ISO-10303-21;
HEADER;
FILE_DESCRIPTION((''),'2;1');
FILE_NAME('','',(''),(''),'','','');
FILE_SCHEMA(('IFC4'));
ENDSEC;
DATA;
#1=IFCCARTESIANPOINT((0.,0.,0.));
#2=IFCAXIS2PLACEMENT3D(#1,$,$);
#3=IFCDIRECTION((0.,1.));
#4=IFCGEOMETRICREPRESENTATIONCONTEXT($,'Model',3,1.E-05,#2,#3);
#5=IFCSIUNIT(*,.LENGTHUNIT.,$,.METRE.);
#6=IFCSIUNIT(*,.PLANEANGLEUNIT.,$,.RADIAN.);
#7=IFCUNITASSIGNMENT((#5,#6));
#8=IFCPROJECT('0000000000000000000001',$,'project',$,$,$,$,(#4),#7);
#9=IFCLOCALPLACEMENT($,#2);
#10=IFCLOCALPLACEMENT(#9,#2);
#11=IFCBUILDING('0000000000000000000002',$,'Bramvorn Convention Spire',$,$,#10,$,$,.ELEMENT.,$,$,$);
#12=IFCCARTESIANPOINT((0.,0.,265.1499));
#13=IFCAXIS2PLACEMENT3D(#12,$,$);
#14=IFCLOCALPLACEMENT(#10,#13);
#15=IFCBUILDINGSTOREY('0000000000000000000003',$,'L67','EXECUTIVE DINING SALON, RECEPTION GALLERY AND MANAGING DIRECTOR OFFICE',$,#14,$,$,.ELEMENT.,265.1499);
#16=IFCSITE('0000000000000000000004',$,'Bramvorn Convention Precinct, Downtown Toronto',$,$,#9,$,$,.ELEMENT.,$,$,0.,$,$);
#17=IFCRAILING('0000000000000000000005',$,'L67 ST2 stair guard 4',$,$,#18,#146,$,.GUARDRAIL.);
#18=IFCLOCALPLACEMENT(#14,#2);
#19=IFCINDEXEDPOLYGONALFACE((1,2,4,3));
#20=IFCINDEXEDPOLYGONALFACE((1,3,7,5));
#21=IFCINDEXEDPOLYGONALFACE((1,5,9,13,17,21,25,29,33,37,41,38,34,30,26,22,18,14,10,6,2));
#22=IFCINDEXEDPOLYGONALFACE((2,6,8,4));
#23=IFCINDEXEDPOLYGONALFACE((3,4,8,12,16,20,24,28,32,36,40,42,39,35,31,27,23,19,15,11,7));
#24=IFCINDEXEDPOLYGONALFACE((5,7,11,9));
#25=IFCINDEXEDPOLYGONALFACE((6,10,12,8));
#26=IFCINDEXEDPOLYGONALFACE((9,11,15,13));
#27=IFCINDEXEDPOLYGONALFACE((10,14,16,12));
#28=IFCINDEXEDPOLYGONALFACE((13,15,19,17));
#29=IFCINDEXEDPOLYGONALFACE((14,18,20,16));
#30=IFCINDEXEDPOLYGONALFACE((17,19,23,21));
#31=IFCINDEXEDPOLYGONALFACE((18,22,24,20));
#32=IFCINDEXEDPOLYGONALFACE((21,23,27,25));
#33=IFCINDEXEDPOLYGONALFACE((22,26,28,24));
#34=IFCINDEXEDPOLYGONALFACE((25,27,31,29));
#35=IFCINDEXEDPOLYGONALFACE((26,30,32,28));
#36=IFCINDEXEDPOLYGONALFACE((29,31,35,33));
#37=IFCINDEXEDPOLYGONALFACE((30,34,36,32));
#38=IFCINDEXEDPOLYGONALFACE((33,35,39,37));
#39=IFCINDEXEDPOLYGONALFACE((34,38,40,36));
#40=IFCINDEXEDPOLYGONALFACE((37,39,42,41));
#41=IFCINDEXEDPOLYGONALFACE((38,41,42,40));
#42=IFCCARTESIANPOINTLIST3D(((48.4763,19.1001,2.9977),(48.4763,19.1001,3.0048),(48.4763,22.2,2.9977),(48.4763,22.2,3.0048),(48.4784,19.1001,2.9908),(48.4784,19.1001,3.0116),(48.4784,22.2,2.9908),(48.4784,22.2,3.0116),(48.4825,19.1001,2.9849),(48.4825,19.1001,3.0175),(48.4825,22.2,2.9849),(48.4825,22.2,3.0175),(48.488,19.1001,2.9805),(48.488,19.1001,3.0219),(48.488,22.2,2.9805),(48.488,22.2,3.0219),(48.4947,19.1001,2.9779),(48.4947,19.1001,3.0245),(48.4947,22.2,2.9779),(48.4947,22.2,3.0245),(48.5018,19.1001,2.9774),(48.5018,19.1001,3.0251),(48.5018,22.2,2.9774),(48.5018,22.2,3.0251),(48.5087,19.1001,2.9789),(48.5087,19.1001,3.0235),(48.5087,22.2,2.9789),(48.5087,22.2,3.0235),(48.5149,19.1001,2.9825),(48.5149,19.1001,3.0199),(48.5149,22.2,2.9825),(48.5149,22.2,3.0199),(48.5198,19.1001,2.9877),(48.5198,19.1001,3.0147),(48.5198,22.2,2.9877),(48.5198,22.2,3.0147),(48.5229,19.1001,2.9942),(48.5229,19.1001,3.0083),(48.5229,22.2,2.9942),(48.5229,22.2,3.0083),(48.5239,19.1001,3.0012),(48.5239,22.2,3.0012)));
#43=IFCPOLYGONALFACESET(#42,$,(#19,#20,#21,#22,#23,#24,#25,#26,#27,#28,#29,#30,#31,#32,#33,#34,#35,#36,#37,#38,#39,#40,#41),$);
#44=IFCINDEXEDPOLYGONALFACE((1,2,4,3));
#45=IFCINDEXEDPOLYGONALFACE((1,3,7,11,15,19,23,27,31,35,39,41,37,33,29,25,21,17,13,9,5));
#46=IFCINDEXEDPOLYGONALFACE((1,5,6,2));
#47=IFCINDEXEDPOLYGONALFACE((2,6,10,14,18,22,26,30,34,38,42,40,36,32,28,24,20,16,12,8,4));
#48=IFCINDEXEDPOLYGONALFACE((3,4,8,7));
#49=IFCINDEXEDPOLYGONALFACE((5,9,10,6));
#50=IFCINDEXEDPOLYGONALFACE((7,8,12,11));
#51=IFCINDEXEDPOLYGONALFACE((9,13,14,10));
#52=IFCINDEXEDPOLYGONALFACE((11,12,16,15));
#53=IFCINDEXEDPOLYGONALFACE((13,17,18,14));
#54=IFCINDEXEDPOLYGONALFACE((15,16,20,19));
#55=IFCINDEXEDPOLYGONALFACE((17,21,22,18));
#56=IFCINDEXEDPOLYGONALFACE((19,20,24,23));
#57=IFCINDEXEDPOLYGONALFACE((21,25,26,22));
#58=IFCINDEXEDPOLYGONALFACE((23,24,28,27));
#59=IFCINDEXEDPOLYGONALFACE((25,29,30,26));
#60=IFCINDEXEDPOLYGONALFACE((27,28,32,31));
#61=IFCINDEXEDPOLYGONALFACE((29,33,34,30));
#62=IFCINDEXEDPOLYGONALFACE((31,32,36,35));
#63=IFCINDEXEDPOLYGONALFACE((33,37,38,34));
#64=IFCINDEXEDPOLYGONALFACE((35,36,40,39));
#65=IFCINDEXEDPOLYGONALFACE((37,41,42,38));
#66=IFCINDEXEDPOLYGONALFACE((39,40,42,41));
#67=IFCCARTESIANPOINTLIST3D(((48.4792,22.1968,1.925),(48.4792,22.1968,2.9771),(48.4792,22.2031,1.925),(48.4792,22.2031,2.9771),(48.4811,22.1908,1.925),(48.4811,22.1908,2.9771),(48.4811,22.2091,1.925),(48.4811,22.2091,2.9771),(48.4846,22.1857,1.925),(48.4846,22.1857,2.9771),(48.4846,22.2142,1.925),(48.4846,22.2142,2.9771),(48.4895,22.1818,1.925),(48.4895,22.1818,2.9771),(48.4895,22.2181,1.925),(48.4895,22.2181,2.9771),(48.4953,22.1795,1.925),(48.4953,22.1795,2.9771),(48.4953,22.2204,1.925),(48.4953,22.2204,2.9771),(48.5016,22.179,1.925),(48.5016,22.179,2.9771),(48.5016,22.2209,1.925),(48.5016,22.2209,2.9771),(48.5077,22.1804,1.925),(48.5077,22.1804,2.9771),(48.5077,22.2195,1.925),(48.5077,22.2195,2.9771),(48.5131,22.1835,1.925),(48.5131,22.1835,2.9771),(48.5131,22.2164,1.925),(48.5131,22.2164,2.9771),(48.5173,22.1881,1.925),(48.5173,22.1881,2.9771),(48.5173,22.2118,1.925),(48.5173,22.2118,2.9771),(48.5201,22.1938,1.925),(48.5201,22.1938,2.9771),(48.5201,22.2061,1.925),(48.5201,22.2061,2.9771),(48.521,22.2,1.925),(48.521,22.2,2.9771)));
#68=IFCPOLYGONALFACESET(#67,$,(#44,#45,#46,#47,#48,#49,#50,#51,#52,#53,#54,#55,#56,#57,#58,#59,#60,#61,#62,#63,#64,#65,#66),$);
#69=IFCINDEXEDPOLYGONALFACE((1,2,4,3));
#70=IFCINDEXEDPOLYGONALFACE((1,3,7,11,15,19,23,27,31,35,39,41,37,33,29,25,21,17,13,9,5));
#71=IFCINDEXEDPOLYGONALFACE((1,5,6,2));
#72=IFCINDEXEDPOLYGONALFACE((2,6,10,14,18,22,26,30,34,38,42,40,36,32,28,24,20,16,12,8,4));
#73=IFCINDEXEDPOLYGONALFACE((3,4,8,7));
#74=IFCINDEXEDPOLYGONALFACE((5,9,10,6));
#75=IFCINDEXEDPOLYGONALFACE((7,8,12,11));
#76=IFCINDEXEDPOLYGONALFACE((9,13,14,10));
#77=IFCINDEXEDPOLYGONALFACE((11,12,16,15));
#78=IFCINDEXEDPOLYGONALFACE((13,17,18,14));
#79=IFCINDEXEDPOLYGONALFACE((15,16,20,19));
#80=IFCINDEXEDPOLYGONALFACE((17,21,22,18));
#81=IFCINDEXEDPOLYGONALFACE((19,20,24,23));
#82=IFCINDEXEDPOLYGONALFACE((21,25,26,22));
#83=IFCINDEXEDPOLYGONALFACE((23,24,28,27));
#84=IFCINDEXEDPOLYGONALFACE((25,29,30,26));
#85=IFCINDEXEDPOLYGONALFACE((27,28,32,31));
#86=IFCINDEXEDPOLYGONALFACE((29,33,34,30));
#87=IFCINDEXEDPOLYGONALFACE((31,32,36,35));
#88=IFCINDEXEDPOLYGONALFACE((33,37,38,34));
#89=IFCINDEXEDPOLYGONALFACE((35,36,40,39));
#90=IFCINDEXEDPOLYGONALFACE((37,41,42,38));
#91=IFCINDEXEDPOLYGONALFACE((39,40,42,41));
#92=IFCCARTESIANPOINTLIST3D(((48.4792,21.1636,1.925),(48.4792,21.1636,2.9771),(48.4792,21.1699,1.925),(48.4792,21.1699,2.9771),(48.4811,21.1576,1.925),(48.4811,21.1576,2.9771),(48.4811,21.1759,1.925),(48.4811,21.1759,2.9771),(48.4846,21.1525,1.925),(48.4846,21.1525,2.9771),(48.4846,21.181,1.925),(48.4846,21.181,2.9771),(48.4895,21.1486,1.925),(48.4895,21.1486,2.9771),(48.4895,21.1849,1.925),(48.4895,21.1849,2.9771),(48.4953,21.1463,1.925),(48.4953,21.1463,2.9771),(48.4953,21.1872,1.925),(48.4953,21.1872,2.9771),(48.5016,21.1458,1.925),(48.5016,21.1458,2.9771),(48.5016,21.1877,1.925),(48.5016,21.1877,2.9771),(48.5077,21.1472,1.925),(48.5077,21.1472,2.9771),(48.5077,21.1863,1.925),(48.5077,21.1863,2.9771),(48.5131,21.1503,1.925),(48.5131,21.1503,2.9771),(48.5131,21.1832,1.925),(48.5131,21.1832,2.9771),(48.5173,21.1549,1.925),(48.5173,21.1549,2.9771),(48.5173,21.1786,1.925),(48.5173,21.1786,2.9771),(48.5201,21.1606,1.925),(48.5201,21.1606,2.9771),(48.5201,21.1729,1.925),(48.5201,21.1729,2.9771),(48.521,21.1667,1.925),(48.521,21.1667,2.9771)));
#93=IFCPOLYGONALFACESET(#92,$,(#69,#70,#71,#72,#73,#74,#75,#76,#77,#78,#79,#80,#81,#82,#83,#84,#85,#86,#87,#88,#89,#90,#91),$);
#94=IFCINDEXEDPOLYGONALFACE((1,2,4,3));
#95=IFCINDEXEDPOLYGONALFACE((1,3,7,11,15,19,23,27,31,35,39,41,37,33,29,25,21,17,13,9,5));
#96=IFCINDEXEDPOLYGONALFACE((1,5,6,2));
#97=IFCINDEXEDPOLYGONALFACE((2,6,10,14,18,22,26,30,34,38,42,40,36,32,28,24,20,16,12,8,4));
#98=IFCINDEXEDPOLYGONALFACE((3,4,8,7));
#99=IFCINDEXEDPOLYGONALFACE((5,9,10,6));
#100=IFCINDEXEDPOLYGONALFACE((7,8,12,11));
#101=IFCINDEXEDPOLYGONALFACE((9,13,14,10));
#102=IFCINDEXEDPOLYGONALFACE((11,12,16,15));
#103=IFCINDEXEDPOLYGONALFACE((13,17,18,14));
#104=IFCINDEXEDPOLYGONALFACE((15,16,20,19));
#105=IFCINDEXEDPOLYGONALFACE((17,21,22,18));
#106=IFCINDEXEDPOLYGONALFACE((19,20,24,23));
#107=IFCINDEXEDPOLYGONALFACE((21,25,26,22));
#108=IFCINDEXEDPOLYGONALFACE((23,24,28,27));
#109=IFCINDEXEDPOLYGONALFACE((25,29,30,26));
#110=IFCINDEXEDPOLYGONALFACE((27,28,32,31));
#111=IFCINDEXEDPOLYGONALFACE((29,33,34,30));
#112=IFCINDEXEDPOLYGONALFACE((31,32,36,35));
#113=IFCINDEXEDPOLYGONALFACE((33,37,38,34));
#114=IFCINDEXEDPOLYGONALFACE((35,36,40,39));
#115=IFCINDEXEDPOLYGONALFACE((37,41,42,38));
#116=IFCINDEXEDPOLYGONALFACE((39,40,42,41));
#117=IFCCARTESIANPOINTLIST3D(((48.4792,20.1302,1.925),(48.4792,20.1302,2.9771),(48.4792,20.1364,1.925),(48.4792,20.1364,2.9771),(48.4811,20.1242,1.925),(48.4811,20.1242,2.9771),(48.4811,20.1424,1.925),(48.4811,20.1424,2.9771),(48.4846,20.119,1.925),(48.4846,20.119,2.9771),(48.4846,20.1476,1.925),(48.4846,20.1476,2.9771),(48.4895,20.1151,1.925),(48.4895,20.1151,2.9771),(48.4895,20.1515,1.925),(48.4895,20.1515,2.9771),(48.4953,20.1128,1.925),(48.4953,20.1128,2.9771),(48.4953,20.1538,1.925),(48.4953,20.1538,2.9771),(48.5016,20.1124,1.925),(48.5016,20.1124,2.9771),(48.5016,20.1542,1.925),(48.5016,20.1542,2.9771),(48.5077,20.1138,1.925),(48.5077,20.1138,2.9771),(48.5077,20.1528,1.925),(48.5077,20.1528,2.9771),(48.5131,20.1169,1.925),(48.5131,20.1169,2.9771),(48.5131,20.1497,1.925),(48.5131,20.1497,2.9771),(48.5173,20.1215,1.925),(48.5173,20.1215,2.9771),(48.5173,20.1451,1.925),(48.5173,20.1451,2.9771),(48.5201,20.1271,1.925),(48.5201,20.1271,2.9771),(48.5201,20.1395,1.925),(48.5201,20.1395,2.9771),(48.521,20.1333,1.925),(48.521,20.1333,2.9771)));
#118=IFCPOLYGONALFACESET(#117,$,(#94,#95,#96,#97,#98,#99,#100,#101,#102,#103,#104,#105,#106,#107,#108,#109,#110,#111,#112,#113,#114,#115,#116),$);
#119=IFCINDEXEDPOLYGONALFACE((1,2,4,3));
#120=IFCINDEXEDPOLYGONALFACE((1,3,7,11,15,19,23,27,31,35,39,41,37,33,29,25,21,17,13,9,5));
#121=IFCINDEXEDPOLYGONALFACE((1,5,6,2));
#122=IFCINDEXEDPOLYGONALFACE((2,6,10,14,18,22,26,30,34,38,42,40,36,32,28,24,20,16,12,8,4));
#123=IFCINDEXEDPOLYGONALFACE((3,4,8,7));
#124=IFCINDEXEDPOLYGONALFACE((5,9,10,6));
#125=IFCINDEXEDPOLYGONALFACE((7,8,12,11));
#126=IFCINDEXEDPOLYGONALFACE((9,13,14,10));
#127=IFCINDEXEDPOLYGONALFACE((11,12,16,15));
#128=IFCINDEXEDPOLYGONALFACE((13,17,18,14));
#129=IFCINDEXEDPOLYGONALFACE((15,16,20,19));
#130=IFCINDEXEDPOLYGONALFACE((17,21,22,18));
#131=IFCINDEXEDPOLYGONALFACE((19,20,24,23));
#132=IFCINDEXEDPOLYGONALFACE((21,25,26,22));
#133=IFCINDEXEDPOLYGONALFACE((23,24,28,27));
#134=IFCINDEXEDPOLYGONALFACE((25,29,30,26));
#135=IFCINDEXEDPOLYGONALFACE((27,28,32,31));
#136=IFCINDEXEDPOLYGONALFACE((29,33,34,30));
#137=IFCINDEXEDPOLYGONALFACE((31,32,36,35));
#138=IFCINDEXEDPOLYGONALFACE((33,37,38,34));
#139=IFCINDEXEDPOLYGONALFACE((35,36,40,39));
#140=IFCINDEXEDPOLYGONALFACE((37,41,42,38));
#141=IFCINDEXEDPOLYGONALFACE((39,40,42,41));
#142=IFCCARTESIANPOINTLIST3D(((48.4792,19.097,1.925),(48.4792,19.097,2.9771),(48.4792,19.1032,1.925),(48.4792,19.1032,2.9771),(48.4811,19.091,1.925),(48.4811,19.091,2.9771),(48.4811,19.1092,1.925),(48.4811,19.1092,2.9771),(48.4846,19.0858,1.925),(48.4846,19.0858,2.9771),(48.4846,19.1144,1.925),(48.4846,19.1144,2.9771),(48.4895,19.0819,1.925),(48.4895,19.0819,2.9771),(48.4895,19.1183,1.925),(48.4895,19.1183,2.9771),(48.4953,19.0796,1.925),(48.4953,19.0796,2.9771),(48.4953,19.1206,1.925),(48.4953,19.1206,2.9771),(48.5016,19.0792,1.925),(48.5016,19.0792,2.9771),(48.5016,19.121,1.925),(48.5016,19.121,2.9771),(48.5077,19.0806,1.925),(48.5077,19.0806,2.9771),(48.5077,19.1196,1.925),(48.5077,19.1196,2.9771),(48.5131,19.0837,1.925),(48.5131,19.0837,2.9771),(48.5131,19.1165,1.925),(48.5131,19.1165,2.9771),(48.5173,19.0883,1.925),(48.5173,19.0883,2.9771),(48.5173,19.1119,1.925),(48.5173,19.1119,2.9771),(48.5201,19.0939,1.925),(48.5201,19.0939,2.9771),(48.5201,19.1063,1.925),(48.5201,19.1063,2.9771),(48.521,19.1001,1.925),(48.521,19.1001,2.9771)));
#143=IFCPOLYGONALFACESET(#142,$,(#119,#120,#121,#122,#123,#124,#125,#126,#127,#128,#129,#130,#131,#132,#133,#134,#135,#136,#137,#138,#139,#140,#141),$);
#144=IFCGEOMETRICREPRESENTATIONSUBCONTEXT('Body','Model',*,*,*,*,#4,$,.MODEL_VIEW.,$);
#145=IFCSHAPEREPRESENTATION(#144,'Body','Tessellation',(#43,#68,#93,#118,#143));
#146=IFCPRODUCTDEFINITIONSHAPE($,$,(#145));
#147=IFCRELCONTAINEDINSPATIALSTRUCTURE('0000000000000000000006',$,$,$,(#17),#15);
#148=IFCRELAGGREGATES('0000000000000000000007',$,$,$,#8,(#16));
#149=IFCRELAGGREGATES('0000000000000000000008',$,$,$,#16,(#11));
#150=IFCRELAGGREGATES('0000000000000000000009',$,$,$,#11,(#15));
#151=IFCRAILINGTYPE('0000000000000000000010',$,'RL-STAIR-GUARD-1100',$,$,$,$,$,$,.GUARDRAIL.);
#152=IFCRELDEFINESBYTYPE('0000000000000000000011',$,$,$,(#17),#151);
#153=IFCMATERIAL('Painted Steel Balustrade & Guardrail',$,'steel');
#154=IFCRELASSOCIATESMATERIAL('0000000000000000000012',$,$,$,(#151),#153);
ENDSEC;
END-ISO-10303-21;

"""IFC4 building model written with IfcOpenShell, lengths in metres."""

from ifc_helpers import new_model, si_unit, direction, frame, origin, origin_2d, place, context, subcontext, project, spatial, circle, extrude, material, type_object, element, save


model = new_model("IFC4")

# Units and contexts
model_context = context("Model", 3, precision=1e-05, world=origin(), true_north=direction((0.0, 1.0)))
body_context = subcontext(model_context, "Body", "Model", "MODEL_VIEW")
ifc_project = project(units=[si_unit("LENGTHUNIT", "METRE"), si_unit("PLANEANGLEUNIT", "RADIAN")], contexts=[model_context])

# Site, building, storey
site_placement = place(None, origin())
site = spatial("IfcSite", under=ifc_project, at=site_placement, Name="Bramvorn Convention Precinct, Downtown Toronto", CompositionType="ELEMENT", RefElevation=0.0)
building_placement = place(site_placement, origin())
building = spatial("IfcBuilding", under=site, at=building_placement, Name="Bramvorn Convention Spire", CompositionType="ELEMENT")
storey_placement = place(building_placement, frame((0.0, 0.0, 265.1499)))
storey = spatial("IfcBuildingStorey", under=building, at=storey_placement, Name="L67", Description="EXECUTIVE DINING SALON, RECEPTION GALLERY AND MANAGING DIRECTOR OFFICE", CompositionType="ELEMENT", Elevation=265.1499)

# Railing
ifc_material_1 = material(Name="Painted Steel Balustrade & Guardrail", Category="steel")
railing_type_1 = type_object("IfcRailingType", Name="RL-STAIR-GUARD-1100", PredefinedType="GUARDRAIL", material=ifc_material_1)
railing_1_placement = place(storey_placement, frame((48.5, 22.2, 1.925)))
element("IfcRailing", 1, at=railing_1_placement, inside=storey, type_object=railing_type_1, Name="L67 ST2 stair guard 4", PredefinedType="GUARDRAIL", context=body_context, shape_type="SweptSolid", body=[
    extrude(circle(Radius=0.0239, at=origin_2d()), frame((0.0, 0.0, 1.0762), z_axis=(0.0, -1.0, 0.0), x_axis=(1.0, 0.0, 0.0)), (0.0, 0.0, 1.0), 3.0999),
    extrude(circle(Radius=0.021, at=origin_2d()), origin(), (0.0, 0.0, 1.0), 1.052),
    extrude(circle(Radius=0.021, at=origin_2d()), frame((0.0, -1.0332, 0.0)), (0.0, 0.0, 1.0), 1.052),
    extrude(circle(Radius=0.021, at=origin_2d()), frame((0.0, -2.0667, 0.0)), (0.0, 0.0, 1.0), 1.052),
    extrude(circle(Radius=0.021, at=origin_2d()), frame((0.0, -3.0999, 0.0)), (0.0, 0.0, 1.0), 1.052),
])

save(model, "model.ifc")
